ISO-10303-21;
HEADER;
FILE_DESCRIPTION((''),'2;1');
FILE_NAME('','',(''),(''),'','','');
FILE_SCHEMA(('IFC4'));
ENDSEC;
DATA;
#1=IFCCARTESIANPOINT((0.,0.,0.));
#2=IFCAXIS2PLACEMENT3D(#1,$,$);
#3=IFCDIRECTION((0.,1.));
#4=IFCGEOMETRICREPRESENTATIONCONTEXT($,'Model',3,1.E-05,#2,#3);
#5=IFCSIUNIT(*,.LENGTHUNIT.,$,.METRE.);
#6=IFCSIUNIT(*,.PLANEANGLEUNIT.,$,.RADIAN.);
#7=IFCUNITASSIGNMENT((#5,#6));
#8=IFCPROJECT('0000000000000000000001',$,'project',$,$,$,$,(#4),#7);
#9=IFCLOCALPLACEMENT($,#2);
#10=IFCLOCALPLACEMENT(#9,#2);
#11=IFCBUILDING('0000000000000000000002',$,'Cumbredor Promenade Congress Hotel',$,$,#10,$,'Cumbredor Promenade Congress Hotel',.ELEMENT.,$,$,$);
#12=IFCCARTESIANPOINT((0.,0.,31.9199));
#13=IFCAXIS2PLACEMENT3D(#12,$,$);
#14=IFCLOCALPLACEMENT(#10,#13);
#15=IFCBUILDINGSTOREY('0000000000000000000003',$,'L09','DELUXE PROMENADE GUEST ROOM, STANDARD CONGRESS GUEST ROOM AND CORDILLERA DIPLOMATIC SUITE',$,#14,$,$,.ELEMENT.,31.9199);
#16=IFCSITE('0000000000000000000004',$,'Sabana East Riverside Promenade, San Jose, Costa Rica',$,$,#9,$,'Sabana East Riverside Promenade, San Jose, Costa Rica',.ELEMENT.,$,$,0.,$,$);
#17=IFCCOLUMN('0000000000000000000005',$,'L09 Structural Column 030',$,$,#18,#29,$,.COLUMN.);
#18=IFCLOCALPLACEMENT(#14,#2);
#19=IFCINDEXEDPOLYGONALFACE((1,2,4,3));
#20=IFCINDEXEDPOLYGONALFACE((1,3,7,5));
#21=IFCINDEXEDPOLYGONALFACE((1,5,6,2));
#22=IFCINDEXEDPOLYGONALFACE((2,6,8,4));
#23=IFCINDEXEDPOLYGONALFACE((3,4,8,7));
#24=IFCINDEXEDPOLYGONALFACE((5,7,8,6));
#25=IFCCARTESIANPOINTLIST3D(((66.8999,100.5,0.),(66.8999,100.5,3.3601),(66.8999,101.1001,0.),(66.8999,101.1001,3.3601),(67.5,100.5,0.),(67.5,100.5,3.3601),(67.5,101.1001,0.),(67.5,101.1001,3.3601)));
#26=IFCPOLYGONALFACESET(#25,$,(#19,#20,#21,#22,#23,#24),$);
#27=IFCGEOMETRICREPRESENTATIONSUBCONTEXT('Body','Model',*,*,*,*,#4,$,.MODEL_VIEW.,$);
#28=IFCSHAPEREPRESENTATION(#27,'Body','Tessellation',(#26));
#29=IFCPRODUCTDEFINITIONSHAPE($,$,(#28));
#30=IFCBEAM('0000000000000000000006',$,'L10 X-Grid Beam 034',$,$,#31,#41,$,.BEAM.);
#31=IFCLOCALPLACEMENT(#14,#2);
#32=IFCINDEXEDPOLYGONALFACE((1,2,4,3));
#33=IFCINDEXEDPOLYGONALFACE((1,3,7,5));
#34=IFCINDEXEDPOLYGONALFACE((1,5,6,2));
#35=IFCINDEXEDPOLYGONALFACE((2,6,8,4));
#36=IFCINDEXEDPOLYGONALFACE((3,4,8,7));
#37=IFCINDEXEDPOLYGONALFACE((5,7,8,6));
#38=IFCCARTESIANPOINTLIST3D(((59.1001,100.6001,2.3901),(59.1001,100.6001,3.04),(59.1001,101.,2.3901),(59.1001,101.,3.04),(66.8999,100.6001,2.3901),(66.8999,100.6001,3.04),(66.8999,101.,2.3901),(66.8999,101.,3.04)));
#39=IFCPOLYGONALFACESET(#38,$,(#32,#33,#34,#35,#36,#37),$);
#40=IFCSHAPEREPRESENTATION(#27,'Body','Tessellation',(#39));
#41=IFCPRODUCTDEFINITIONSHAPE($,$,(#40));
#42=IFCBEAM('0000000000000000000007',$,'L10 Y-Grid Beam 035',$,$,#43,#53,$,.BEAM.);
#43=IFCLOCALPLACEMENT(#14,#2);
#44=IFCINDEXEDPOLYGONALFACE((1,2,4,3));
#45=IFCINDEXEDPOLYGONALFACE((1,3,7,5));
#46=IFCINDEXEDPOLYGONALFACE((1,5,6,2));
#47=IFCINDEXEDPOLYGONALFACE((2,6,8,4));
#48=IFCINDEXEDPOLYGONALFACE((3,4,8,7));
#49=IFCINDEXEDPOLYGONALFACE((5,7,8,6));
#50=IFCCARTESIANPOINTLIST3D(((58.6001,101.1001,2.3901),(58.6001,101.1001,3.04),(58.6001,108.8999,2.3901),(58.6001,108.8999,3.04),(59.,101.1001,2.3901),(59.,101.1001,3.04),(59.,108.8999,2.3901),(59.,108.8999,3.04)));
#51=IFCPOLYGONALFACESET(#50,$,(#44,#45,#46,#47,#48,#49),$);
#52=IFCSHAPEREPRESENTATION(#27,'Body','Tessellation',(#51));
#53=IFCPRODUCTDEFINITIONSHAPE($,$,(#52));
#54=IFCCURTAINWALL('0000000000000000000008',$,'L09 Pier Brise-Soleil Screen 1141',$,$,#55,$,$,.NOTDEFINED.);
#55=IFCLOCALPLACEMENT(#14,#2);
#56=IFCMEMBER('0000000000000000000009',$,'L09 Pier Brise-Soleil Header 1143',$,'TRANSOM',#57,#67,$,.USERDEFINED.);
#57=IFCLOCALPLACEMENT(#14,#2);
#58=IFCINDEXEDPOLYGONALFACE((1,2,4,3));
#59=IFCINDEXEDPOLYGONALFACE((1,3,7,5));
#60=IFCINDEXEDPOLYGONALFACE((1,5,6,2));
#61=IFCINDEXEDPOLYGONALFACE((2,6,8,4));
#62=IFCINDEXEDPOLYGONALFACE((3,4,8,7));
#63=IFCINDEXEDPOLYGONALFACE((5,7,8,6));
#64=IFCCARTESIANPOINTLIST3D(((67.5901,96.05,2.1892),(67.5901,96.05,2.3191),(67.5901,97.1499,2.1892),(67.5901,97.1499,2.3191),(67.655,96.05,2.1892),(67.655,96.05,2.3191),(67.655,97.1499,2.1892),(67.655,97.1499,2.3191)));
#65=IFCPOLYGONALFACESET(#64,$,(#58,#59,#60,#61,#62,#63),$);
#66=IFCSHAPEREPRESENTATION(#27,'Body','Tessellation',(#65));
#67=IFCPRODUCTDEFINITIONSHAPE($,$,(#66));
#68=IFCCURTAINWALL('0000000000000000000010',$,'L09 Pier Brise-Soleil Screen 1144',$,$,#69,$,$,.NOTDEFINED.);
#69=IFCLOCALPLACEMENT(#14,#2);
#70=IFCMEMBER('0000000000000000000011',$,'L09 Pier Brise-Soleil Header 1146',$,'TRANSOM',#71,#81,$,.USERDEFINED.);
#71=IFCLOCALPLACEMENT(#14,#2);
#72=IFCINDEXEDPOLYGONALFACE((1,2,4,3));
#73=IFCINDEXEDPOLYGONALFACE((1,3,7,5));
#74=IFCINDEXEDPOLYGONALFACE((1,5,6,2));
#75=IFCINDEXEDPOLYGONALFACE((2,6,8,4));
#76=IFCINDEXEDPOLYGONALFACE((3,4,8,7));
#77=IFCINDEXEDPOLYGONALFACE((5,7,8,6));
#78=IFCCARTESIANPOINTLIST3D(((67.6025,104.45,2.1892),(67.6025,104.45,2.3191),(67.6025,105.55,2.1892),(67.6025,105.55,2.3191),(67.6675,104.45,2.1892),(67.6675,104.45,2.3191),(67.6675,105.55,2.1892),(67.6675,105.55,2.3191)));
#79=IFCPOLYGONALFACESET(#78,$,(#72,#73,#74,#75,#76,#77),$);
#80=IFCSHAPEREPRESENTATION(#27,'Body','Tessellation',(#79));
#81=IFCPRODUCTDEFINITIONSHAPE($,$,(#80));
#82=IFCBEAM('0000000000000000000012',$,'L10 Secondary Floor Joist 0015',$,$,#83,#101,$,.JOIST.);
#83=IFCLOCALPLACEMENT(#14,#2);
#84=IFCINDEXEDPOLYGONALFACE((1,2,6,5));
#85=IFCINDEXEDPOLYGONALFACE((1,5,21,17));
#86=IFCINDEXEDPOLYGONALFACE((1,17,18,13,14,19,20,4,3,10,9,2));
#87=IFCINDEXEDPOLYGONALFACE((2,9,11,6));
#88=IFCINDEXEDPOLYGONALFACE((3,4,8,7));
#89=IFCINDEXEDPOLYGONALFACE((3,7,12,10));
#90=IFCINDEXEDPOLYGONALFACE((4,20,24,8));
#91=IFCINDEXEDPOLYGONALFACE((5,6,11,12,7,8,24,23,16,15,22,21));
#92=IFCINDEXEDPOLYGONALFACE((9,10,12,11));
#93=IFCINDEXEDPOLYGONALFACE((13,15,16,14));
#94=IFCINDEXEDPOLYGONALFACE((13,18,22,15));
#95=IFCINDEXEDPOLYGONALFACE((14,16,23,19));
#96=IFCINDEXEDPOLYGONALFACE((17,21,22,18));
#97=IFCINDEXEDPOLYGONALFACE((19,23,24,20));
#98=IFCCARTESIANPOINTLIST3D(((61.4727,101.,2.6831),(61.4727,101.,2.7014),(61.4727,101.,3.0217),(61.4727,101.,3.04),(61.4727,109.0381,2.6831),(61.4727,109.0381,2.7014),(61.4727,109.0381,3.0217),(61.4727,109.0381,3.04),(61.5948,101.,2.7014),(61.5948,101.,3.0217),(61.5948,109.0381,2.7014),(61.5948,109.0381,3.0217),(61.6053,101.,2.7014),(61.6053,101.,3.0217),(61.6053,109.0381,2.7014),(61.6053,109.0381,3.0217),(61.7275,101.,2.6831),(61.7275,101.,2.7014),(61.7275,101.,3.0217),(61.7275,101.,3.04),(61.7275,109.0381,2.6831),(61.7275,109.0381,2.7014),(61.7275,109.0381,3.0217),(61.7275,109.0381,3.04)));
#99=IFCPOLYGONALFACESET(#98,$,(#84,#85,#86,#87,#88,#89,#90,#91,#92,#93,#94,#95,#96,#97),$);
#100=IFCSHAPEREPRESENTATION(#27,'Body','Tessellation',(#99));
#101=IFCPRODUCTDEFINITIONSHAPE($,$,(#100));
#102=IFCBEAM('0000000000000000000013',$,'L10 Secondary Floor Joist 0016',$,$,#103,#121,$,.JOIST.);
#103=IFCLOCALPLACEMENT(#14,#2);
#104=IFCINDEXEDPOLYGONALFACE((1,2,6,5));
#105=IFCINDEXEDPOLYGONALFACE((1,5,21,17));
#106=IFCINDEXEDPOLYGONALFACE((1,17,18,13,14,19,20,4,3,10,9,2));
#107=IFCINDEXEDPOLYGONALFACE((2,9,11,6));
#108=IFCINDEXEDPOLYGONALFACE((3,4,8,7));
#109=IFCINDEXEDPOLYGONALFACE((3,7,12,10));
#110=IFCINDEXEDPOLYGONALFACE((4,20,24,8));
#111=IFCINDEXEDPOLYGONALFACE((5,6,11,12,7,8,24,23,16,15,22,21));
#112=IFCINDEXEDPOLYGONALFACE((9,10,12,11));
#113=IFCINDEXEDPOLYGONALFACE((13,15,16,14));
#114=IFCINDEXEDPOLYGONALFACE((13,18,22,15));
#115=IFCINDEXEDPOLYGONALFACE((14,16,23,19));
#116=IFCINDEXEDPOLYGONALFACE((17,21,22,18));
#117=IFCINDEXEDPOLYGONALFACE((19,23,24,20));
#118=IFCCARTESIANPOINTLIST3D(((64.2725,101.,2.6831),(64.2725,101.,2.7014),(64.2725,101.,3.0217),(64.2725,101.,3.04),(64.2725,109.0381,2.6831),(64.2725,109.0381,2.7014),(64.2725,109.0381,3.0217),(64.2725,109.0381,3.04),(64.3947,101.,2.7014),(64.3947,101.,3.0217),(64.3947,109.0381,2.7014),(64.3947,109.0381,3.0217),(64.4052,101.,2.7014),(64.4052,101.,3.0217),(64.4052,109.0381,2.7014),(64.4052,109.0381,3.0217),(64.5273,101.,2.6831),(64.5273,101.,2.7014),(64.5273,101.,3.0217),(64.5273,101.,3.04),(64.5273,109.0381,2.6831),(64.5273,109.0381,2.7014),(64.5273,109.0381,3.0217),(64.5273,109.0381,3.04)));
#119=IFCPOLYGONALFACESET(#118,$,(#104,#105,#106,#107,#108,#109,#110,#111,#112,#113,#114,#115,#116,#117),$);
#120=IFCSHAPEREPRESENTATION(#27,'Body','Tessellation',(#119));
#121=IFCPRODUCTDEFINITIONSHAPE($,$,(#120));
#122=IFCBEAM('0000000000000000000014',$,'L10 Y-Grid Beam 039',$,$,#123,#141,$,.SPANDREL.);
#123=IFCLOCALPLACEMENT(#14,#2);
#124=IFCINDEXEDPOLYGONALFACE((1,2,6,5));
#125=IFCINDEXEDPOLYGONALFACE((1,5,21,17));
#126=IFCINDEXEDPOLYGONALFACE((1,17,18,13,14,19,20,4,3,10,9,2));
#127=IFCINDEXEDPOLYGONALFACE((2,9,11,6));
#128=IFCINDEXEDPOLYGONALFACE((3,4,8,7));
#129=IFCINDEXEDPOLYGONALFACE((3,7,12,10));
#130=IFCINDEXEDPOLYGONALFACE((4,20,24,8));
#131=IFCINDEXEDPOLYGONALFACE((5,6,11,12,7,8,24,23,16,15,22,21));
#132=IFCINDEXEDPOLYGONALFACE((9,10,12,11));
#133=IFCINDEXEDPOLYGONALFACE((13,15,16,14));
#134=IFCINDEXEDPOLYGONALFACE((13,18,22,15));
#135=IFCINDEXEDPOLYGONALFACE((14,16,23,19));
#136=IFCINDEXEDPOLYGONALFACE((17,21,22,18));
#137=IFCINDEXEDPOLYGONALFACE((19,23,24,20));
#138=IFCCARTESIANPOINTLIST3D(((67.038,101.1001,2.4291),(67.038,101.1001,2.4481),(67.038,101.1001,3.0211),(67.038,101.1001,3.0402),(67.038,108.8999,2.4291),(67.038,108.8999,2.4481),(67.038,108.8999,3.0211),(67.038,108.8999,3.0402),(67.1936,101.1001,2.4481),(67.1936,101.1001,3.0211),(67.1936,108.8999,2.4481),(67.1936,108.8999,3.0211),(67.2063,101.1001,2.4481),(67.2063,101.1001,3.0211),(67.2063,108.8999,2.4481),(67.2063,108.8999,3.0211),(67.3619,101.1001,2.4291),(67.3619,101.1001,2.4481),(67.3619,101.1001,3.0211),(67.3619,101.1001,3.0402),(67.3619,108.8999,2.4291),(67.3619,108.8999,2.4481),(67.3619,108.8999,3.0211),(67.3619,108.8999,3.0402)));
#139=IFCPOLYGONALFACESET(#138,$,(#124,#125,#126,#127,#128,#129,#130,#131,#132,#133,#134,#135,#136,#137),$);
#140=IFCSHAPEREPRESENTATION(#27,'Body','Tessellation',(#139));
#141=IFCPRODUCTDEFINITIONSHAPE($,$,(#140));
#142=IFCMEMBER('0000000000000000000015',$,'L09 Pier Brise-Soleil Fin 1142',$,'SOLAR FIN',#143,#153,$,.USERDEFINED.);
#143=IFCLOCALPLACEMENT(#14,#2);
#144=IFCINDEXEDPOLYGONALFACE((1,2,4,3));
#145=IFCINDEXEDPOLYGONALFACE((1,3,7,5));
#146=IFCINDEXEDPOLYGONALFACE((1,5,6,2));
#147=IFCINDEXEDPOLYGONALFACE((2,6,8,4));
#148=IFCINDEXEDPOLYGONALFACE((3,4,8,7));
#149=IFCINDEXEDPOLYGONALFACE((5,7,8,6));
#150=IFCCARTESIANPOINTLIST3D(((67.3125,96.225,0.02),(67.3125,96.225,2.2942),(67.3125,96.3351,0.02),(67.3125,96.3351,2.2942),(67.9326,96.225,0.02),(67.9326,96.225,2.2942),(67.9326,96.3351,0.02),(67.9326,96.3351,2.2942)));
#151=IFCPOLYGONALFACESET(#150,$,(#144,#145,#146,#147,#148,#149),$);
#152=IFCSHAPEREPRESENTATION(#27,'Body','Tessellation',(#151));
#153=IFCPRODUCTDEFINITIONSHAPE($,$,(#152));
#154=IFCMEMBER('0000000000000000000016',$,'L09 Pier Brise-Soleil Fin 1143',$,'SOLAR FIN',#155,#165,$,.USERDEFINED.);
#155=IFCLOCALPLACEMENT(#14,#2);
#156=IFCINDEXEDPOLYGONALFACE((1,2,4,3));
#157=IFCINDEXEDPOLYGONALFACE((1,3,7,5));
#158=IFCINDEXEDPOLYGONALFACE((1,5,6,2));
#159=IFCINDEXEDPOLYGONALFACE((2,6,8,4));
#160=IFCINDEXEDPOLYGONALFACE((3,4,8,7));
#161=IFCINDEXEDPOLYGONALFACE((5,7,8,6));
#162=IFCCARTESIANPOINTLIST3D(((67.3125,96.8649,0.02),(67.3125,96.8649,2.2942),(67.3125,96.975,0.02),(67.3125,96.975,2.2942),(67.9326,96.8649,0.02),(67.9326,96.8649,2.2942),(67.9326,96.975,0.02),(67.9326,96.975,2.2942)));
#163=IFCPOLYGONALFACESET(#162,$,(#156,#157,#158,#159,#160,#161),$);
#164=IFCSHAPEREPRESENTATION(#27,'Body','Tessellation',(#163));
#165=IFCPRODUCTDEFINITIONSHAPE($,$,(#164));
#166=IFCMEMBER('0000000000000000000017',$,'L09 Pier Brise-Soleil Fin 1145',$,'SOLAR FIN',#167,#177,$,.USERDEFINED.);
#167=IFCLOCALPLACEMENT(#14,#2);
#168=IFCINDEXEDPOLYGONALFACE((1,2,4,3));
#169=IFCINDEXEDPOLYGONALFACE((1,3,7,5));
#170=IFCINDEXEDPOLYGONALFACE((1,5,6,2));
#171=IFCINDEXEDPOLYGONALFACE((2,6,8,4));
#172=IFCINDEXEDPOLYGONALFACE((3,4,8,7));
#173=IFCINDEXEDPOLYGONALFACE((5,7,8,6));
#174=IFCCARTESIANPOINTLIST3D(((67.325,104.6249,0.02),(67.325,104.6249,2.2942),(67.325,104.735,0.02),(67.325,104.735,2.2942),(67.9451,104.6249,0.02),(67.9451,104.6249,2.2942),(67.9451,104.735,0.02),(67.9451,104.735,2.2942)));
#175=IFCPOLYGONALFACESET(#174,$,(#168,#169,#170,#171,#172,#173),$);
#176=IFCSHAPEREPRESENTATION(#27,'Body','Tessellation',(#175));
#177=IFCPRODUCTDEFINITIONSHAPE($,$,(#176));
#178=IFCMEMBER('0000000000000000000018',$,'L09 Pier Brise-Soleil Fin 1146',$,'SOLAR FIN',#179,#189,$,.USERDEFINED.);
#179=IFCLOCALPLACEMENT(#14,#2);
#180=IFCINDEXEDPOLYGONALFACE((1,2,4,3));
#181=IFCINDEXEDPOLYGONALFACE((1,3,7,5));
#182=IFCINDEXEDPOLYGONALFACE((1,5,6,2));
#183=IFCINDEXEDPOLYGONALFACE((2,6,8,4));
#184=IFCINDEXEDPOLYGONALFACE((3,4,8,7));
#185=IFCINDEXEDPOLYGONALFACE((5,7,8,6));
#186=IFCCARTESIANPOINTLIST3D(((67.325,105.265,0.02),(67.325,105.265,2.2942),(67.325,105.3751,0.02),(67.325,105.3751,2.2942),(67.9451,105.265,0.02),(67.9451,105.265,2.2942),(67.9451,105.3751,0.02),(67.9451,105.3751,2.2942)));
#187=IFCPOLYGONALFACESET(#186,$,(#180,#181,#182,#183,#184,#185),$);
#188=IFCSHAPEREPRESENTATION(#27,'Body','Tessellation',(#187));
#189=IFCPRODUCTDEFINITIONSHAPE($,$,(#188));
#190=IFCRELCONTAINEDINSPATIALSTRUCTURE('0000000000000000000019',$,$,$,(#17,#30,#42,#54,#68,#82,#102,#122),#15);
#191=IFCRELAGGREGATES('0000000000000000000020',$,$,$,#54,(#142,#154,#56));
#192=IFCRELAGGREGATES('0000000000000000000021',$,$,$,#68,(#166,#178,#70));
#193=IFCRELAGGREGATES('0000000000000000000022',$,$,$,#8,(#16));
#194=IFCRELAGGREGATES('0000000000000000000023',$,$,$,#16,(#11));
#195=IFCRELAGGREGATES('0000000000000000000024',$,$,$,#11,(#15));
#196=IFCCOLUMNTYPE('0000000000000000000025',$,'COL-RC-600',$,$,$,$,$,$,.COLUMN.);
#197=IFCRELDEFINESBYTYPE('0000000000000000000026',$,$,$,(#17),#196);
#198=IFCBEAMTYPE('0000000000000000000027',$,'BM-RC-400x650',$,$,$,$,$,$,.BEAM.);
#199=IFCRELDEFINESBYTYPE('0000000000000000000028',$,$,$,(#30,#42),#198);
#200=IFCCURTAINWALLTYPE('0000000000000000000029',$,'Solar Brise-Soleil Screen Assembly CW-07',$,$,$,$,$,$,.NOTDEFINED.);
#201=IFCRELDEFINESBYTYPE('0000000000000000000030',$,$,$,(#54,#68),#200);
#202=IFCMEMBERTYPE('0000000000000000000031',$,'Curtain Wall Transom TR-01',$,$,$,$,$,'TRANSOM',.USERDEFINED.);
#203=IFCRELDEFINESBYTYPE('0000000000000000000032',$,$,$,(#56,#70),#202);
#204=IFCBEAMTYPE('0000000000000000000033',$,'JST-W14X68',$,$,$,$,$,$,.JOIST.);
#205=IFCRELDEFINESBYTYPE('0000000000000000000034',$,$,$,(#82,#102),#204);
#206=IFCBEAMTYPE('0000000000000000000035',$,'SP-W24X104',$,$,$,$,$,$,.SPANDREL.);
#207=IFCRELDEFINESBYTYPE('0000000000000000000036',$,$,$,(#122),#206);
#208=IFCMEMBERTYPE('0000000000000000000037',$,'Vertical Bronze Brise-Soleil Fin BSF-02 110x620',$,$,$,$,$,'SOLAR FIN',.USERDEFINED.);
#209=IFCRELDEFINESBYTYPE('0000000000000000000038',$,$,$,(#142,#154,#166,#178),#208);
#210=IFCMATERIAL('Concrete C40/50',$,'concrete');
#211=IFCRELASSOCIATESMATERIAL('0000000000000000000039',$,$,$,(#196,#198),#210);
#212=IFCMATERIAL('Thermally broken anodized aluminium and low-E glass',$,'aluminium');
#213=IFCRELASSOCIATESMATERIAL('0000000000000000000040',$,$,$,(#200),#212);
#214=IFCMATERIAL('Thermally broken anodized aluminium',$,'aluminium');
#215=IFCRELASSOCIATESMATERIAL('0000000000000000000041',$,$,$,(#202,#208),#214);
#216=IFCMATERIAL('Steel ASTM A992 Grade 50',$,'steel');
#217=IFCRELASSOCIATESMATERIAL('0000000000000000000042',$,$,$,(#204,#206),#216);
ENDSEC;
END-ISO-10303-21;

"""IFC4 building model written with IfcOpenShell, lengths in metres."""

from ifc_helpers import new_model, si_unit, direction, frame, origin, origin_2d, place, context, subcontext, project, spatial, rectangle, i_section, extrude, material, material_profile, profile_set, type_object, element, aggregate, save


model = new_model("IFC4")

# Units and contexts
model_context = context("Model", 3, precision=1e-05, world=origin(), true_north=direction((0.0, 1.0)))
body_context = subcontext(model_context, "Body", "Model", "MODEL_VIEW")
ifc_project = project(units=[si_unit("LENGTHUNIT", "METRE"), si_unit("PLANEANGLEUNIT", "RADIAN")], contexts=[model_context])

# Site, building, storey
site_placement = place(None, origin())
site = spatial("IfcSite", under=ifc_project, at=site_placement, Name="Sabana East Riverside Promenade, San Jose, Costa Rica", LongName="Sabana East Riverside Promenade, San Jose, Costa Rica", CompositionType="ELEMENT", RefElevation=0.0)
building_placement = place(site_placement, origin())
building = spatial("IfcBuilding", under=site, at=building_placement, Name="Cumbredor Promenade Congress Hotel", LongName="Cumbredor Promenade Congress Hotel", CompositionType="ELEMENT")
storey_placement = place(building_placement, frame((0.0, 0.0, 31.9199)))
storey = spatial("IfcBuildingStorey", under=building, at=storey_placement, Name="L09", Description="DELUXE PROMENADE GUEST ROOM, STANDARD CONGRESS GUEST ROOM AND CORDILLERA DIPLOMATIC SUITE", CompositionType="ELEMENT", Elevation=31.9199)

# Column
ifc_material_1 = material(Name="Concrete C40/50", Category="concrete")
ifc_material_profile_1 = material_profile(ifc_material_1, rectangle(XDim=0.6001, YDim=0.6001, at=origin_2d()), Name="RC 600x600")
ifc_profile_set_1 = profile_set([ifc_material_profile_1], Name="Concrete C40/50")
column_type = type_object("IfcColumnType", Name="COL-RC-600", PredefinedType="COLUMN", material=ifc_profile_set_1)
column_placement = place(storey_placement, frame((67.2, 100.8, 0.0), z_axis=(0.0, 0.0, 1.0), x_axis=(1.0, 0.0, 0.0)))
element("IfcColumn", 1, at=column_placement, inside=storey, type_object=column_type, Name="L09 Structural Column 030", PredefinedType="COLUMN", context=body_context, shape_type="SweptSolid", body=[
    extrude(rectangle(XDim=0.6001, YDim=0.6001, at=origin_2d()), origin(), (0.0, 0.0, 1.0), 3.3601),
])

# Beams
ifc_material_profile_2 = material_profile(ifc_material_1, rectangle(XDim=0.3999, YDim=0.6499, at=origin_2d()), Name="RC BEAM 400x650")
ifc_profile_set_2 = profile_set([ifc_material_profile_2], Name="Concrete C40/50")
beam_type_1 = type_object("IfcBeamType", Name="BM-RC-400x650", PredefinedType="BEAM", material=ifc_profile_set_2)
for number, where, z_axis, x_axis, name in (
    (2, (59.1001, 100.8, 2.7151), (1.0, 0.0, 0.0), (0.0, 1.0, 0.0), "L10 X-Grid Beam 034"),
    (3, (58.8, 101.1001, 2.7151), (0.0, 1.0, 0.0), (-1.0, 0.0, 0.0), "L10 Y-Grid Beam 035"),
):
    element("IfcBeam", number, at=place(storey_placement, frame(where, z_axis=z_axis, x_axis=x_axis)), inside=storey, type_object=beam_type_1, Name=name, PredefinedType="BEAM", context=body_context, shape_type="SweptSolid", body=[
        extrude(rectangle(XDim=0.3999, YDim=0.6499, at=origin_2d()), origin(), (0.0, 0.0, 1.0), 7.7998),
    ])

# Curtain walls, members
ifc_material_2 = material(Name="Thermally broken anodized aluminium and low-E glass", Category="aluminium")
curtain_wall_type = type_object("IfcCurtainWallType", Name="Solar Brise-Soleil Screen Assembly CW-07", PredefinedType="NOTDEFINED", material=ifc_material_2)
curtain_wall_1_placement = place(storey_placement, origin())
curtain_wall_1 = element("IfcCurtainWall", 4, at=curtain_wall_1_placement, inside=storey, type_object=curtain_wall_type, Name="L09 Pier Brise-Soleil Screen 1141", PredefinedType="NOTDEFINED")
ifc_material_3 = material(Name="Thermally broken anodized aluminium", Category="aluminium")
ifc_material_profile_3 = material_profile(ifc_material_3, rectangle(XDim=0.0649, YDim=0.1299, at=origin_2d()), Name="ALU TRANSOM 65x130")
ifc_profile_set_3 = profile_set([ifc_material_profile_3], Name="Thermally broken anodized aluminium")
member_type_1 = type_object("IfcMemberType", Name="Curtain Wall Transom TR-01", ElementType="TRANSOM", PredefinedType="USERDEFINED", material=ifc_profile_set_3)
member_1_placement = place(storey_placement, frame((67.6226, 96.05, 2.2542), z_axis=(0.0, 1.0, 0.0), x_axis=(-1.0, 0.0, 0.0)))
member_1 = element("IfcMember", 5, at=member_1_placement, type_object=member_type_1, Name="L09 Pier Brise-Soleil Header 1143", ObjectType="TRANSOM", PredefinedType="USERDEFINED", context=body_context, shape_type="SweptSolid", body=[
    extrude(rectangle(XDim=0.0649, YDim=0.1299, at=origin_2d()), origin(), (0.0, 0.0, 1.0), 1.0999),
])
curtain_wall_2_placement = place(storey_placement, origin())
curtain_wall_2 = element("IfcCurtainWall", 6, at=curtain_wall_2_placement, inside=storey, type_object=curtain_wall_type, Name="L09 Pier Brise-Soleil Screen 1144", PredefinedType="NOTDEFINED")
member_2_placement = place(storey_placement, frame((67.635, 104.45, 2.2542), z_axis=(0.0, 1.0, 0.0), x_axis=(-1.0, 0.0, 0.0)))
member_2 = element("IfcMember", 7, at=member_2_placement, type_object=member_type_1, Name="L09 Pier Brise-Soleil Header 1146", ObjectType="TRANSOM", PredefinedType="USERDEFINED", context=body_context, shape_type="SweptSolid", body=[
    extrude(rectangle(XDim=0.0649, YDim=0.1299, at=origin_2d()), origin(), (0.0, 0.0, 1.0), 1.1001),
])

# Beams
ifc_material_4 = material(Name="Steel ASTM A992 Grade 50", Category="steel")
ifc_material_profile_4 = material_profile(ifc_material_4, i_section(OverallWidth=0.2549, OverallDepth=0.3569, WebThickness=0.0105, FlangeThickness=0.0183, at=origin_2d()), Name="W14X68")
ifc_profile_set_4 = profile_set([ifc_material_profile_4], Name="Steel ASTM A992 Grade 50")
beam_type_2 = type_object("IfcBeamType", Name="JST-W14X68", PredefinedType="JOIST", material=ifc_profile_set_4)
for number, where, z_axis, x_axis, name in (
    (8, (61.6001, 101.0, 2.8616), (0.0, 1.0, 0.0), (-1.0, 0.0, 0.0), "L10 Secondary Floor Joist 0015"),
    (9, (64.3999, 101.0, 2.8616), (0.0, 1.0, 0.0), (-1.0, 0.0, 0.0), "L10 Secondary Floor Joist 0016"),
):
    element("IfcBeam", number, at=place(storey_placement, frame(where, z_axis=z_axis, x_axis=x_axis)), inside=storey, type_object=beam_type_2, Name=name, PredefinedType="JOIST", context=body_context, shape_type="SweptSolid", body=[
        extrude(i_section(OverallWidth=0.2549, OverallDepth=0.3569, WebThickness=0.0105, FlangeThickness=0.0183, at=origin_2d()), origin(), (0.0, 0.0, 1.0), 8.0381),
    ])
ifc_material_profile_5 = material_profile(ifc_material_4, i_section(OverallWidth=0.324, OverallDepth=0.6111, WebThickness=0.0127, FlangeThickness=0.019, at=origin_2d()), Name="W24X104")
ifc_profile_set_5 = profile_set([ifc_material_profile_5], Name="Steel ASTM A992 Grade 50")
beam_type_3 = type_object("IfcBeamType", Name="SP-W24X104", PredefinedType="SPANDREL", material=ifc_profile_set_5)
beam_placement = place(storey_placement, frame((67.2, 101.1001, 2.7346), z_axis=(0.0, 1.0, 0.0), x_axis=(-1.0, 0.0, 0.0)))
element("IfcBeam", 10, at=beam_placement, inside=storey, type_object=beam_type_3, Name="L10 Y-Grid Beam 039", PredefinedType="SPANDREL", context=body_context, shape_type="SweptSolid", body=[
    extrude(i_section(OverallWidth=0.324, OverallDepth=0.6111, WebThickness=0.0127, FlangeThickness=0.019, at=origin_2d()), origin(), (0.0, 0.0, 1.0), 7.7998),
])

# Members
ifc_material_profile_6 = material_profile(ifc_material_3, rectangle(XDim=0.1101, YDim=0.6201, at=origin_2d()), Name="ARCH FIN 110x620")
ifc_profile_set_6 = profile_set([ifc_material_profile_6], Name="Thermally broken anodized aluminium")
member_type_2 = type_object("IfcMemberType", Name="Vertical Bronze Brise-Soleil Fin BSF-02 110x620", ElementType="SOLAR FIN", PredefinedType="USERDEFINED", material=ifc_profile_set_6)
member_3_placement = place(storey_placement, frame((67.6226, 96.28, 0.02), z_axis=(0.0, 0.0, 1.0), x_axis=(0.0, 1.0, 0.0)))
member_3 = element("IfcMember", 11, at=member_3_placement, type_object=member_type_2, Name="L09 Pier Brise-Soleil Fin 1142", ObjectType="SOLAR FIN", PredefinedType="USERDEFINED", context=body_context, shape_type="SweptSolid", body=[
    extrude(rectangle(XDim=0.1101, YDim=0.6201, at=origin_2d()), origin(), (0.0, 0.0, 1.0), 2.2742),
])
member_4_placement = place(storey_placement, frame((67.6226, 96.9199, 0.02), z_axis=(0.0, 0.0, 1.0), x_axis=(0.0, 1.0, 0.0)))
member_4 = element("IfcMember", 12, at=member_4_placement, type_object=member_type_2, Name="L09 Pier Brise-Soleil Fin 1143", ObjectType="SOLAR FIN", PredefinedType="USERDEFINED", context=body_context, shape_type="SweptSolid", body=[
    extrude(rectangle(XDim=0.1101, YDim=0.6201, at=origin_2d()), origin(), (0.0, 0.0, 1.0), 2.2742),
])
aggregate(curtain_wall_1, [member_3, member_4, member_1])
member_5_placement = place(storey_placement, frame((67.635, 104.6799, 0.02), z_axis=(0.0, 0.0, 1.0), x_axis=(0.0, 1.0, 0.0)))
member_5 = element("IfcMember", 13, at=member_5_placement, type_object=member_type_2, Name="L09 Pier Brise-Soleil Fin 1145", ObjectType="SOLAR FIN", PredefinedType="USERDEFINED", context=body_context, shape_type="SweptSolid", body=[
    extrude(rectangle(XDim=0.1101, YDim=0.6201, at=origin_2d()), origin(), (0.0, 0.0, 1.0), 2.2742),
])
member_6_placement = place(storey_placement, frame((67.635, 105.3201, 0.02), z_axis=(0.0, 0.0, 1.0), x_axis=(0.0, 1.0, 0.0)))
member_6 = element("IfcMember", 14, at=member_6_placement, type_object=member_type_2, Name="L09 Pier Brise-Soleil Fin 1146", ObjectType="SOLAR FIN", PredefinedType="USERDEFINED", context=body_context, shape_type="SweptSolid", body=[
    extrude(rectangle(XDim=0.1101, YDim=0.6201, at=origin_2d()), origin(), (0.0, 0.0, 1.0), 2.2742),
])
aggregate(curtain_wall_2, [member_5, member_6, member_2])

save(model, "model.ifc")
